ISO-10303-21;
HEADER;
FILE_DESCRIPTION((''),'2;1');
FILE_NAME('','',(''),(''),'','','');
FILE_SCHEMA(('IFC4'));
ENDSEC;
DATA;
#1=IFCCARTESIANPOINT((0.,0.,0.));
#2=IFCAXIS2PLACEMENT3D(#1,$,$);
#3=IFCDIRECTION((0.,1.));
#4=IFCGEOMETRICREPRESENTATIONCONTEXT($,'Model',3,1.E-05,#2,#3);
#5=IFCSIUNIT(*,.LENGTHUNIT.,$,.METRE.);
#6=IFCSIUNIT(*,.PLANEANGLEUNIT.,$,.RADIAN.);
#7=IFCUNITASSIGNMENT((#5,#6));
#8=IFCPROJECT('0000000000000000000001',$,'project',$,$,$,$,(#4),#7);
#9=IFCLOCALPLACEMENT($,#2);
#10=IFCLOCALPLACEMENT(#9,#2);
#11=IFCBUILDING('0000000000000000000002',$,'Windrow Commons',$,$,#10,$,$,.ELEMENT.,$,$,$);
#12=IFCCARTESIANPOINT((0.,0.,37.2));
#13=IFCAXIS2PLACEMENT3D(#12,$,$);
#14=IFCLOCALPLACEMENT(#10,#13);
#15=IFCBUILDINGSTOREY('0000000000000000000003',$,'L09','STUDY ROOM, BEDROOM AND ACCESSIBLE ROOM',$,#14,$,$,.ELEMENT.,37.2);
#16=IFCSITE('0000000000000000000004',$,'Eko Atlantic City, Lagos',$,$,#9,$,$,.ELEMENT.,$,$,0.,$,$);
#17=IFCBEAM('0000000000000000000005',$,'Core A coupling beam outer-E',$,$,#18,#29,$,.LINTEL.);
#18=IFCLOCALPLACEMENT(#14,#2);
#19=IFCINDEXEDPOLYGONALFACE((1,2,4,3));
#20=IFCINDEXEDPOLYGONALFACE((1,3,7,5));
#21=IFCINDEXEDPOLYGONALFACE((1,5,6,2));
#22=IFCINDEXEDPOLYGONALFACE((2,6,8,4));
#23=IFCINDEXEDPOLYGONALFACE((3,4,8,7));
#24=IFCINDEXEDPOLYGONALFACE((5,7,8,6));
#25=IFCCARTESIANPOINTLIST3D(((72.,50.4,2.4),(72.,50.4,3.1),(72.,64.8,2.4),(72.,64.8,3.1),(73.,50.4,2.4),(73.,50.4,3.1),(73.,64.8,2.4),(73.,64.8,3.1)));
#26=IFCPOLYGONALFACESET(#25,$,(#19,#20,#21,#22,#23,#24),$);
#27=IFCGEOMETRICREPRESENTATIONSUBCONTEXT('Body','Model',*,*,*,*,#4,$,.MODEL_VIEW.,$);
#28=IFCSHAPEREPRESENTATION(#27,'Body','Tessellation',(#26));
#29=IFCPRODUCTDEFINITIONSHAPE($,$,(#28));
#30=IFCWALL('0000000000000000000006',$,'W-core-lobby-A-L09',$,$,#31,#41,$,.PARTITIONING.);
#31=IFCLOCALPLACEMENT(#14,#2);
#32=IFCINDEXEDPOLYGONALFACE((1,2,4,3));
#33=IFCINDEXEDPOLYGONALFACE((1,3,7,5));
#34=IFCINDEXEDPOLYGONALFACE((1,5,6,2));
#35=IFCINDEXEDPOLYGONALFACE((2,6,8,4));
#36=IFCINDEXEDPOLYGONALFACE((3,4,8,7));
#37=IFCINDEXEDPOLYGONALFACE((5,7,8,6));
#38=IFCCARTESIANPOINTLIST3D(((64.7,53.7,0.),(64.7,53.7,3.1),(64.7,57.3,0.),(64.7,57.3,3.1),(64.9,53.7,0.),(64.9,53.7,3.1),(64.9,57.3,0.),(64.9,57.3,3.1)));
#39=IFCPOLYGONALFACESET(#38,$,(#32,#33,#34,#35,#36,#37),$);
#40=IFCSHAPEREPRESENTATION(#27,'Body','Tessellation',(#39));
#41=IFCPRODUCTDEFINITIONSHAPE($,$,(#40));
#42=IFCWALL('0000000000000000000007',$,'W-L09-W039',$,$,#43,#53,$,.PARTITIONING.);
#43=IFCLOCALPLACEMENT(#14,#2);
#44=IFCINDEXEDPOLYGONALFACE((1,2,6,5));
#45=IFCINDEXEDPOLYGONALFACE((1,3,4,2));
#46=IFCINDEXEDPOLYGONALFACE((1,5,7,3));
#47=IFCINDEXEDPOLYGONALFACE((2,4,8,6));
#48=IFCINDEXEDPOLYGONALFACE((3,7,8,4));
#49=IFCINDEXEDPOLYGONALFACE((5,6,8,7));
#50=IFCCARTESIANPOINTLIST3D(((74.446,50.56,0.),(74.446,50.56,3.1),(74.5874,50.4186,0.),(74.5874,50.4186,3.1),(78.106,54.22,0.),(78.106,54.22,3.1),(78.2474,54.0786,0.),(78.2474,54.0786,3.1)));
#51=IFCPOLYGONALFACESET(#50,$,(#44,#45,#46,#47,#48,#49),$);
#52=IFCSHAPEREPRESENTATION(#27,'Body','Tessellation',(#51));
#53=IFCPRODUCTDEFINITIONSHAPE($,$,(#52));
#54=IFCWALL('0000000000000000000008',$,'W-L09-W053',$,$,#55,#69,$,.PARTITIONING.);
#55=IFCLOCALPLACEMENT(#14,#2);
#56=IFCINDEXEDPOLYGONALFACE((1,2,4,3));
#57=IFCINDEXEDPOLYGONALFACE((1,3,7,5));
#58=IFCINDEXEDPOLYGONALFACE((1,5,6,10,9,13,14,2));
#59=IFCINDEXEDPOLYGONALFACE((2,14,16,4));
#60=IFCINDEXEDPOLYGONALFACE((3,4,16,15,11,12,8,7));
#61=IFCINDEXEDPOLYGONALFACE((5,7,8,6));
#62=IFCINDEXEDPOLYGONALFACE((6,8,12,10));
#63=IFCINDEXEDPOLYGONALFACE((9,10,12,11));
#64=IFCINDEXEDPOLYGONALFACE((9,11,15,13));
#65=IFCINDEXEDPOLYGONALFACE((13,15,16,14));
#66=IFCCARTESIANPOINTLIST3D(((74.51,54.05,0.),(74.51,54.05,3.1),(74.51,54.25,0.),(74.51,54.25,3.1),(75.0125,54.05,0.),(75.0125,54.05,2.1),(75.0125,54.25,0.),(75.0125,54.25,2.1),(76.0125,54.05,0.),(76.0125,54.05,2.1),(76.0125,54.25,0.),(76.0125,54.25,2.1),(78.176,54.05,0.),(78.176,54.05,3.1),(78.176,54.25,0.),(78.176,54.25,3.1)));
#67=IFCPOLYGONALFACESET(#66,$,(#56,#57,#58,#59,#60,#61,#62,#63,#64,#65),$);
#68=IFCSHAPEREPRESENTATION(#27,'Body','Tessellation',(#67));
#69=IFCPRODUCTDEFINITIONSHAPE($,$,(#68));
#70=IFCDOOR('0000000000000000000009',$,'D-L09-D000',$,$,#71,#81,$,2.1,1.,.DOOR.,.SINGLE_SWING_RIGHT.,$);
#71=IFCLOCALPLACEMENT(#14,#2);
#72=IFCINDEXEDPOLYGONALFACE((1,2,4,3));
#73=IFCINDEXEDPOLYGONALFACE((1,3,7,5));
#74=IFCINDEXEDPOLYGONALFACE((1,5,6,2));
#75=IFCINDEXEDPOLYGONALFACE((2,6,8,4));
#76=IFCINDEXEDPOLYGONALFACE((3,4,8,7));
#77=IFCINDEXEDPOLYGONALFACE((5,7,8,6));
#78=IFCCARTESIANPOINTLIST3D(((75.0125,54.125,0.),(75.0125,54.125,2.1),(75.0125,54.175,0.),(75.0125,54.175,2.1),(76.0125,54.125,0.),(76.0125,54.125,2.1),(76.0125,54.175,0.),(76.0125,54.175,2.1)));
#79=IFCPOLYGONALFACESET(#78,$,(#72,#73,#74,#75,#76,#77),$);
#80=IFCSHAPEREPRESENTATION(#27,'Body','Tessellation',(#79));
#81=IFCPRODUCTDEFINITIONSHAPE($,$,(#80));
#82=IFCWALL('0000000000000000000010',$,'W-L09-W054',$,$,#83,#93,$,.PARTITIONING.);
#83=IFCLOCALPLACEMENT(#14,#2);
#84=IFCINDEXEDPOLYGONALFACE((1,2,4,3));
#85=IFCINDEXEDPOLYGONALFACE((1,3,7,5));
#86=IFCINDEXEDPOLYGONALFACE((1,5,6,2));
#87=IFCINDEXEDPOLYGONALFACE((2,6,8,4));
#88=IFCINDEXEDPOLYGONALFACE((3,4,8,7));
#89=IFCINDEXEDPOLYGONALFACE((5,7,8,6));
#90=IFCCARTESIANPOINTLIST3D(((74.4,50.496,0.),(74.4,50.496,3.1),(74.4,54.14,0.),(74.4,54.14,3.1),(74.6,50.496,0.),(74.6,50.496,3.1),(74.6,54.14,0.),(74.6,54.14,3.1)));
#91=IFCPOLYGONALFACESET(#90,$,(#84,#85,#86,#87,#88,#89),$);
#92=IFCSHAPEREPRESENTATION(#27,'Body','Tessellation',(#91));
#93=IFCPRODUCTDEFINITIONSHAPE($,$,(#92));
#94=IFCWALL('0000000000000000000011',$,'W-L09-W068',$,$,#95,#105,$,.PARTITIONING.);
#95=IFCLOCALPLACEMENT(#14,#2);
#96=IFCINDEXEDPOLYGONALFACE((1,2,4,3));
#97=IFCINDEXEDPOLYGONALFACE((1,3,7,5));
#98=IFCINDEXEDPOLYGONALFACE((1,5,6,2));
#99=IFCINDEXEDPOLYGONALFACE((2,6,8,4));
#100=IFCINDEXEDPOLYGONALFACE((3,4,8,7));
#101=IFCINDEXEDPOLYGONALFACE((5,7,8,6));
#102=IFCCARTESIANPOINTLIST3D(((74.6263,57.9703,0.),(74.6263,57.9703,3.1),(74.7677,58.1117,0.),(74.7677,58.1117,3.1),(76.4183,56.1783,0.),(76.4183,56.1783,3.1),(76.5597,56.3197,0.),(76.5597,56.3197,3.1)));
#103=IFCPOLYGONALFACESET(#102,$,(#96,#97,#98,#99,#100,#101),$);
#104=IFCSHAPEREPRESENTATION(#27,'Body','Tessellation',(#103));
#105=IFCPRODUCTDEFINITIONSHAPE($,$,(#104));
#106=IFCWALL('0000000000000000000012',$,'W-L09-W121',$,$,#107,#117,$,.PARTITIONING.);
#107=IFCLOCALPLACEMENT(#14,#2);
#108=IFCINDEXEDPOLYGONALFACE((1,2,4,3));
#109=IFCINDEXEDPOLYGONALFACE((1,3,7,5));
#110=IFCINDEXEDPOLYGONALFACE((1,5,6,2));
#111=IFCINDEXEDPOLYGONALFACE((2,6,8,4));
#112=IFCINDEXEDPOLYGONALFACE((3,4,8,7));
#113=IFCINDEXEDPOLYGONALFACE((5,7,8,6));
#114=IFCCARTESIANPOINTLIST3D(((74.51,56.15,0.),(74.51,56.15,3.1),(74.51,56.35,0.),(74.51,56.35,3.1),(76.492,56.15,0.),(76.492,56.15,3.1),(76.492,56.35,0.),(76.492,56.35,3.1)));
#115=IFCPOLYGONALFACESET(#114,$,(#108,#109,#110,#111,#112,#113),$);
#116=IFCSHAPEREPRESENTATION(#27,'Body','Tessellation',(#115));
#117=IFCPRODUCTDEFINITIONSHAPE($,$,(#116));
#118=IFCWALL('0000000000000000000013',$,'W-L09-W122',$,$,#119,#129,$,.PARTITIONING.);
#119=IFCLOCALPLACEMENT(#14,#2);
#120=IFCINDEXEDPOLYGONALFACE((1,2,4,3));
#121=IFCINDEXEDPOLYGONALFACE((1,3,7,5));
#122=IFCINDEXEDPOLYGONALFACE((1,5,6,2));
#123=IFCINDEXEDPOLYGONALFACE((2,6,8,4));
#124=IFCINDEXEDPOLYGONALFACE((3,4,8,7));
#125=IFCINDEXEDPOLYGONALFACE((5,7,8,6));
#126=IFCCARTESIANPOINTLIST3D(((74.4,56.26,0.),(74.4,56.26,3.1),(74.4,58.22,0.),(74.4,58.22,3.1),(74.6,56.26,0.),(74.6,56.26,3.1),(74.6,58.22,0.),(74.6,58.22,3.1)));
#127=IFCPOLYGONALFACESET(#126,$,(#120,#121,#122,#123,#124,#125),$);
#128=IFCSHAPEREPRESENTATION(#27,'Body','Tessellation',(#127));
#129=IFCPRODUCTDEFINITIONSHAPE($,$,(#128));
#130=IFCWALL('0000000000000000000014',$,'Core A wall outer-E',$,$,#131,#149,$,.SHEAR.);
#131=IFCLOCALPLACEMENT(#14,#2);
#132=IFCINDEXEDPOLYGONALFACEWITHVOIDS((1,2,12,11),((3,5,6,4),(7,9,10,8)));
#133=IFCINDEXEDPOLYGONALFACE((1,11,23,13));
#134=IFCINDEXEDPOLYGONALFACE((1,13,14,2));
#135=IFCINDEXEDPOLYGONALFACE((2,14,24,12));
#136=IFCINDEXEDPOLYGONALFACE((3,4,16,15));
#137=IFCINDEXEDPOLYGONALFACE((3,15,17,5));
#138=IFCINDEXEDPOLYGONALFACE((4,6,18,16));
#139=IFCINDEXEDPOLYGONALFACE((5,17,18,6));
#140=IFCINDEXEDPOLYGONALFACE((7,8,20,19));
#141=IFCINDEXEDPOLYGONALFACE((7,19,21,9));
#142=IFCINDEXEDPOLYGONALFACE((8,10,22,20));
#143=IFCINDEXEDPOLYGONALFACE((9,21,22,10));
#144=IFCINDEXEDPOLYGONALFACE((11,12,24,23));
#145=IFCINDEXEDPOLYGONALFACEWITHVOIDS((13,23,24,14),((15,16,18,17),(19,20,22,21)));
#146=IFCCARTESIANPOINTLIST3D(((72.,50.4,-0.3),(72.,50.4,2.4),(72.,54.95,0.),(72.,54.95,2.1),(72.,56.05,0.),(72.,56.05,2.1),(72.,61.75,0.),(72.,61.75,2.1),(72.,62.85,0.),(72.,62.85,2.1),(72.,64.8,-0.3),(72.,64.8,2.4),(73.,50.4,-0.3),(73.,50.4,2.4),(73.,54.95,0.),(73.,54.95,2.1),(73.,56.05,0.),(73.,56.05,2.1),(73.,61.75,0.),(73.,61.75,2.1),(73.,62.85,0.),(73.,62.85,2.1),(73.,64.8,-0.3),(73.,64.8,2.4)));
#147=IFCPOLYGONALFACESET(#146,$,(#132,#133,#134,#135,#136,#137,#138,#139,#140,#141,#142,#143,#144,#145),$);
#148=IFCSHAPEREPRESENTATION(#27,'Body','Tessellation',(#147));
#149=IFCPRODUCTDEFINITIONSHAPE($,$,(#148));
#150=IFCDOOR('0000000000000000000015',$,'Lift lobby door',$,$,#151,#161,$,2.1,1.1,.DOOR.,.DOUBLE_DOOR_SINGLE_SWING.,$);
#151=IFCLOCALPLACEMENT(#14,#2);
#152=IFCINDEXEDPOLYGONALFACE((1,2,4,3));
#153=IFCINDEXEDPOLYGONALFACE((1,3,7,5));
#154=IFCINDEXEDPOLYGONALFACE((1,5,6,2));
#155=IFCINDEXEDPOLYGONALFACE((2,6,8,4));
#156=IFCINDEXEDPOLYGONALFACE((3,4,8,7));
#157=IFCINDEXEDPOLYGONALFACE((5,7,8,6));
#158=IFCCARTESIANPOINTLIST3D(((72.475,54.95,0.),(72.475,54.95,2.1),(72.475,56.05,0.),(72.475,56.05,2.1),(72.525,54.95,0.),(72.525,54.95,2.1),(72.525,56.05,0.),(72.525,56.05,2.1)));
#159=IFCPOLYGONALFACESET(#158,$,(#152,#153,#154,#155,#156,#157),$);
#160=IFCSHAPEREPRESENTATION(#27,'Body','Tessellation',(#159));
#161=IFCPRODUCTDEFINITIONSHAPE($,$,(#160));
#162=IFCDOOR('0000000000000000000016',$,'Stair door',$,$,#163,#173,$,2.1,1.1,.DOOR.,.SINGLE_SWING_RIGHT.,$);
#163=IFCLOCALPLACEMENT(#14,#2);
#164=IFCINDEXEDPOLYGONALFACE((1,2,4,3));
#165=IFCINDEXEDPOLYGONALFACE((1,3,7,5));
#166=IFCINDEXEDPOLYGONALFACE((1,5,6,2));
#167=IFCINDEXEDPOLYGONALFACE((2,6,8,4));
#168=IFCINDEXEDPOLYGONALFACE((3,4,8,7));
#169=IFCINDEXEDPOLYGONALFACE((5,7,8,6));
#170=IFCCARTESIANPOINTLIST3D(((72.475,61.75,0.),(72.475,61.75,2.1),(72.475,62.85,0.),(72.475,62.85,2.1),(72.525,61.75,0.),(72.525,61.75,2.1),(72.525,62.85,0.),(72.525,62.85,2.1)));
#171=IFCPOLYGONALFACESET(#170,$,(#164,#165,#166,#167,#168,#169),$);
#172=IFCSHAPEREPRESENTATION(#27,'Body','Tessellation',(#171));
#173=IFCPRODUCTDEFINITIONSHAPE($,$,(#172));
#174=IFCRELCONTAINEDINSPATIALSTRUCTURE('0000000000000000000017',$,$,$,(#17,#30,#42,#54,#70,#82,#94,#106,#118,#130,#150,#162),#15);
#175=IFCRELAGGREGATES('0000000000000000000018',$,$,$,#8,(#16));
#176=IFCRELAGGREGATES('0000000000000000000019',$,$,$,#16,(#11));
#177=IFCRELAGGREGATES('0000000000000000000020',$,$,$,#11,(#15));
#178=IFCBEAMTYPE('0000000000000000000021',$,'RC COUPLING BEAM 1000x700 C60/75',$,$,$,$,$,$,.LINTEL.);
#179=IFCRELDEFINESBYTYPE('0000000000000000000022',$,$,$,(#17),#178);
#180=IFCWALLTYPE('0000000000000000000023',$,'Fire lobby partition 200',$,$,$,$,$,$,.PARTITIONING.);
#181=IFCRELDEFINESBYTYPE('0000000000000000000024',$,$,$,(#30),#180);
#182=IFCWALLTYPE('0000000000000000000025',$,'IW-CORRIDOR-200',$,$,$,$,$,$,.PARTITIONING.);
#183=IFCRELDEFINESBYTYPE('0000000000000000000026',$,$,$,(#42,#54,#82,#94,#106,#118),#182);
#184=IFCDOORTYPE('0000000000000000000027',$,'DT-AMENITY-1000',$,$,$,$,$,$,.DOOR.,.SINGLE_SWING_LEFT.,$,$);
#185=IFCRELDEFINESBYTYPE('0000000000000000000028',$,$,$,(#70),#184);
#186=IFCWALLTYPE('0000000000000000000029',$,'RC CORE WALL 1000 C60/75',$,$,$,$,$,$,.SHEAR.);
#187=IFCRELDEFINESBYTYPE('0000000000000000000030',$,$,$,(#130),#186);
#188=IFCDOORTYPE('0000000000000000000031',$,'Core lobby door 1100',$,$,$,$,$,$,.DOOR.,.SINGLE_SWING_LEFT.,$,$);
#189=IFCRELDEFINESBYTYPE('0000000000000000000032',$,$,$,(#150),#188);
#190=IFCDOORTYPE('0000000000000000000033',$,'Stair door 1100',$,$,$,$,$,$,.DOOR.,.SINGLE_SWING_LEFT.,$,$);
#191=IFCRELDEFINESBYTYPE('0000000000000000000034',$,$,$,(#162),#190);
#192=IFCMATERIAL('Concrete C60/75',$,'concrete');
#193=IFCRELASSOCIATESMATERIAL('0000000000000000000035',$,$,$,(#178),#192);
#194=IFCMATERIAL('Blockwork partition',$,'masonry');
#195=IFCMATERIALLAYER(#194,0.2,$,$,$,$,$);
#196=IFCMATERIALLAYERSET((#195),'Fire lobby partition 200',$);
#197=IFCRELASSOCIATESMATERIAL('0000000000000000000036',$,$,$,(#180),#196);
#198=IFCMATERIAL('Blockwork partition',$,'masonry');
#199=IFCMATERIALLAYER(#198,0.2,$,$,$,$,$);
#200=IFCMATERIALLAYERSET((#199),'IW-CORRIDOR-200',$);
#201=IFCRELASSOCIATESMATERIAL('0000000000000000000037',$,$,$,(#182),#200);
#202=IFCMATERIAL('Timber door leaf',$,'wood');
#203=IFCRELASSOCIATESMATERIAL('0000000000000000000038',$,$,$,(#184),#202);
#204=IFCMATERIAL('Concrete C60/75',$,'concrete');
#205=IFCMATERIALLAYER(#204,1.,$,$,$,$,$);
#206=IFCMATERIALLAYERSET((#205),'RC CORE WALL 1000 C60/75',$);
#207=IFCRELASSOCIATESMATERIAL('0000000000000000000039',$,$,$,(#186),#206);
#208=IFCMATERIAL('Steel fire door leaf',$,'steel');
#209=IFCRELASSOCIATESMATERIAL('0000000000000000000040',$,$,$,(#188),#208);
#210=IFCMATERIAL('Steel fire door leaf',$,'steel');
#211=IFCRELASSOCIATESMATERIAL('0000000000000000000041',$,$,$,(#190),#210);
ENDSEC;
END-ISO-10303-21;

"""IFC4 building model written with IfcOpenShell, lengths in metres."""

from ifc_helpers import new_model, si_unit, direction, frame, frame_2d, origin, origin_2d, place, context, subcontext, project, spatial, rectangle, extrude, material, layer, layer_set, material_profile, profile_set, type_object, element, fill, save


model = new_model("IFC4")

# Units and contexts
model_context = context("Model", 3, precision=1e-05, world=origin(), true_north=direction((0.0, 1.0)))
body_context = subcontext(model_context, "Body", "Model", "MODEL_VIEW")
ifc_project = project(units=[si_unit("LENGTHUNIT", "METRE"), si_unit("PLANEANGLEUNIT", "RADIAN")], contexts=[model_context])

# Site, building, storey
site_placement = place(None, origin())
site = spatial("IfcSite", under=ifc_project, at=site_placement, Name="Eko Atlantic City, Lagos", CompositionType="ELEMENT", RefElevation=0.0)
building_placement = place(site_placement, origin())
building = spatial("IfcBuilding", under=site, at=building_placement, Name="Windrow Commons", CompositionType="ELEMENT")
storey_placement = place(building_placement, frame((0.0, 0.0, 37.2)))
storey = spatial("IfcBuildingStorey", under=building, at=storey_placement, Name="L09", Description="STUDY ROOM, BEDROOM AND ACCESSIBLE ROOM", CompositionType="ELEMENT", Elevation=37.2)

# Beam
ifc_material_1 = material(Name="Concrete C60/75", Category="concrete")
ifc_material_profile = material_profile(ifc_material_1, rectangle(XDim=1.0, YDim=0.7, at=origin_2d()))
ifc_profile_set = profile_set([ifc_material_profile], Name="Concrete C60/75")
beam_type = type_object("IfcBeamType", Name="RC COUPLING BEAM 1000x700 C60/75", PredefinedType="LINTEL", material=ifc_profile_set)
beam_placement = place(storey_placement, frame((72.5, 50.4, 2.75), z_axis=(0.0, 1.0, 0.0), x_axis=(-1.0, 0.0, 0.0)))
element("IfcBeam", 1, at=beam_placement, inside=storey, type_object=beam_type, Name="Core A coupling beam outer-E", PredefinedType="LINTEL", context=body_context, shape_type="SweptSolid", body=[
    extrude(rectangle(XDim=1.0, YDim=0.7, at=origin_2d()), origin(), (0.0, 0.0, 1.0), 14.4),
])

# Walls
ifc_material_2 = material(Name="Blockwork partition", Category="masonry")
ifc_layer_1 = layer(ifc_material_2, 0.2)
ifc_layer_set_1 = layer_set([ifc_layer_1], Name="Fire lobby partition 200")
wall_type_1 = type_object("IfcWallType", Name="Fire lobby partition 200", PredefinedType="PARTITIONING", material=ifc_layer_set_1)
wall_1_placement = place(storey_placement, frame((64.8, 53.7, 0.0), z_axis=(0.0, 0.0, 1.0), x_axis=(0.0, 1.0, 0.0)))
element("IfcWall", 2, at=wall_1_placement, inside=storey, type_object=wall_type_1, Name="W-core-lobby-A-L09", PredefinedType="PARTITIONING", context=body_context, shape_type="SweptSolid", body=[
    extrude(rectangle(XDim=3.6, YDim=0.2, at=frame_2d((1.8, 0.0))), origin(), (0.0, 0.0, 1.0), 3.1),
])
ifc_material_3 = material(Name="Blockwork partition", Category="masonry")
ifc_layer_2 = layer(ifc_material_3, 0.2)
ifc_layer_set_2 = layer_set([ifc_layer_2], Name="IW-CORRIDOR-200")
wall_type_2 = type_object("IfcWallType", Name="IW-CORRIDOR-200", PredefinedType="PARTITIONING", material=ifc_layer_set_2)
wall_2_placement = place(storey_placement, frame((74.5167, 50.4893, 0.0), z_axis=(0.0, 0.0, 1.0), x_axis=(0.707107, 0.707107, 0.0)))
element("IfcWall", 3, at=wall_2_placement, inside=storey, type_object=wall_type_2, Name="W-L09-W039", PredefinedType="PARTITIONING", context=body_context, shape_type="SweptSolid", body=[
    extrude(rectangle(XDim=5.176, YDim=0.2, at=frame_2d((2.588, 0.0))), origin(), (0.0, 0.0, 1.0), 3.1),
])

# Wall, opening, door
wall_3_placement = place(storey_placement, frame((74.51, 54.15, 0.0), z_axis=(0.0, 0.0, 1.0), x_axis=(1.0, 0.0, 0.0)))
wall_3 = element("IfcWall", 4, at=wall_3_placement, inside=storey, type_object=wall_type_2, Name="W-L09-W053", PredefinedType="PARTITIONING", context=body_context, shape_type="SweptSolid", body=[
    extrude(rectangle(XDim=3.666, YDim=0.2, at=frame_2d((1.833, 0.0))), origin(), (0.0, 0.0, 1.0), 3.1),
])
opening_1_placement = place(wall_3_placement, frame((0.5025, 0.0, 0.0)))
opening_1 = element("IfcOpeningElement", 5, at=opening_1_placement, cuts=wall_3, PredefinedType="OPENING", context=body_context, shape_type="SweptSolid", body=[
    extrude(rectangle(XDim=1.0, YDim=2.1, at=frame_2d((0.5, 1.05))), frame((0.0, 0.11, 0.0), z_axis=(0.0, -1.0, 0.0), x_axis=(1.0, 0.0, 0.0)), (0.0, 0.0, 1.0), 0.22),
])
ifc_material_4 = material(Name="Timber door leaf", Category="wood")
door_type_1 = type_object("IfcDoorType", Name="DT-AMENITY-1000", OperationType="SINGLE_SWING_LEFT", PredefinedType="DOOR", material=ifc_material_4)
door_1_placement = place(opening_1_placement, origin())
door_1 = element("IfcDoor", 6, at=door_1_placement, inside=storey, type_object=door_type_1, Name="D-L09-D000", OperationType="SINGLE_SWING_RIGHT", OverallHeight=2.1, OverallWidth=1.0, PredefinedType="DOOR", context=body_context, shape_type="SweptSolid", body=[
    extrude(rectangle(XDim=1.0, YDim=2.1, at=frame_2d((0.5, 1.05))), frame((0.0, 0.025, 0.0), z_axis=(0.0, -1.0, 0.0), x_axis=(1.0, 0.0, 0.0)), (0.0, 0.0, 1.0), 0.05),
])
fill(opening_1, door_1)

# Walls
wall_4_placement = place(storey_placement, frame((74.5, 50.496, 0.0), z_axis=(0.0, 0.0, 1.0), x_axis=(0.0, 1.0, 0.0)))
element("IfcWall", 7, at=wall_4_placement, inside=storey, type_object=wall_type_2, Name="W-L09-W054", PredefinedType="PARTITIONING", context=body_context, shape_type="SweptSolid", body=[
    extrude(rectangle(XDim=3.644, YDim=0.2, at=frame_2d((1.822, 0.0))), origin(), (0.0, 0.0, 1.0), 3.1),
])
wall_5_placement = place(storey_placement, frame((74.697, 58.041, 0.0), z_axis=(0.0, 0.0, 1.0), x_axis=(0.707107, -0.707107, 0.0)))
element("IfcWall", 8, at=wall_5_placement, inside=storey, type_object=wall_type_2, Name="W-L09-W068", PredefinedType="PARTITIONING", context=body_context, shape_type="SweptSolid", body=[
    extrude(rectangle(XDim=2.5343, YDim=0.2, at=frame_2d((1.2671, 0.0))), origin(), (0.0, 0.0, 1.0), 3.1),
])
wall_6_placement = place(storey_placement, frame((74.51, 56.25, 0.0), z_axis=(0.0, 0.0, 1.0), x_axis=(1.0, 0.0, 0.0)))
element("IfcWall", 9, at=wall_6_placement, inside=storey, type_object=wall_type_2, Name="W-L09-W121", PredefinedType="PARTITIONING", context=body_context, shape_type="SweptSolid", body=[
    extrude(rectangle(XDim=1.982, YDim=0.2, at=frame_2d((0.991, 0.0))), origin(), (0.0, 0.0, 1.0), 3.1),
])
wall_7_placement = place(storey_placement, frame((74.5, 56.26, 0.0), z_axis=(0.0, 0.0, 1.0), x_axis=(0.0, 1.0, 0.0)))
element("IfcWall", 10, at=wall_7_placement, inside=storey, type_object=wall_type_2, Name="W-L09-W122", PredefinedType="PARTITIONING", context=body_context, shape_type="SweptSolid", body=[
    extrude(rectangle(XDim=1.96, YDim=0.2, at=frame_2d((0.98, 0.0))), origin(), (0.0, 0.0, 1.0), 3.1),
])

# Wall, openings, doors
ifc_material_5 = material(Name="Concrete C60/75", Category="concrete")
ifc_layer_3 = layer(ifc_material_5, 1.0)
ifc_layer_set_3 = layer_set([ifc_layer_3], Name="RC CORE WALL 1000 C60/75")
wall_type_3 = type_object("IfcWallType", Name="RC CORE WALL 1000 C60/75", PredefinedType="SHEAR", material=ifc_layer_set_3)
wall_8_placement = place(storey_placement, frame((72.5, 50.4, -0.3), z_axis=(0.0, 0.0, 1.0), x_axis=(0.0, 1.0, 0.0)))
wall_8 = element("IfcWall", 11, at=wall_8_placement, inside=storey, type_object=wall_type_3, Name="Core A wall outer-E", PredefinedType="SHEAR", context=body_context, shape_type="SweptSolid", body=[
    extrude(rectangle(XDim=14.4, YDim=1.0, at=frame_2d((7.2, 0.0))), origin(), (0.0, 0.0, 1.0), 2.7),
])
opening_2_placement = place(wall_8_placement, frame((4.55, 0.0, 0.3)))
opening_2 = element("IfcOpeningElement", 12, at=opening_2_placement, cuts=wall_8, PredefinedType="OPENING", context=body_context, shape_type="SweptSolid", body=[
    extrude(rectangle(XDim=1.1, YDim=2.1, at=frame_2d((0.55, 1.05))), frame((0.0, 0.51, 0.0), z_axis=(0.0, -1.0, 0.0), x_axis=(1.0, 0.0, 0.0)), (0.0, 0.0, 1.0), 1.02),
])
opening_3_placement = place(wall_8_placement, frame((11.35, 0.0, 0.3)))
opening_3 = element("IfcOpeningElement", 13, at=opening_3_placement, cuts=wall_8, PredefinedType="OPENING", context=body_context, shape_type="SweptSolid", body=[
    extrude(rectangle(XDim=1.1, YDim=2.1, at=frame_2d((0.55, 1.05))), frame((0.0, 0.51, 0.0), z_axis=(0.0, -1.0, 0.0), x_axis=(1.0, 0.0, 0.0)), (0.0, 0.0, 1.0), 1.02),
])
ifc_material_6 = material(Name="Steel fire door leaf", Category="steel")
door_type_2 = type_object("IfcDoorType", Name="Core lobby door 1100", OperationType="SINGLE_SWING_LEFT", PredefinedType="DOOR", material=ifc_material_6)
door_2_placement = place(opening_2_placement, origin())
door_2 = element("IfcDoor", 14, at=door_2_placement, inside=storey, type_object=door_type_2, Name="Lift lobby door", OperationType="DOUBLE_DOOR_SINGLE_SWING", OverallHeight=2.1, OverallWidth=1.1, PredefinedType="DOOR", context=body_context, shape_type="SweptSolid", body=[
    extrude(rectangle(XDim=1.1, YDim=2.1, at=frame_2d((0.55, 1.05))), frame((0.0, 0.025, 0.0), z_axis=(0.0, -1.0, 0.0), x_axis=(1.0, 0.0, 0.0)), (0.0, 0.0, 1.0), 0.05),
])
fill(opening_2, door_2)
ifc_material_7 = material(Name="Steel fire door leaf", Category="steel")
door_type_3 = type_object("IfcDoorType", Name="Stair door 1100", OperationType="SINGLE_SWING_LEFT", PredefinedType="DOOR", material=ifc_material_7)
door_3_placement = place(opening_3_placement, origin())
door_3 = element("IfcDoor", 15, at=door_3_placement, inside=storey, type_object=door_type_3, Name="Stair door", OperationType="SINGLE_SWING_RIGHT", OverallHeight=2.1, OverallWidth=1.1, PredefinedType="DOOR", context=body_context, shape_type="SweptSolid", body=[
    extrude(rectangle(XDim=1.1, YDim=2.1, at=frame_2d((0.55, 1.05))), frame((0.0, 0.025, 0.0), z_axis=(0.0, -1.0, 0.0), x_axis=(1.0, 0.0, 0.0)), (0.0, 0.0, 1.0), 0.05),
])
fill(opening_3, door_3)

save(model, "model.ifc")
